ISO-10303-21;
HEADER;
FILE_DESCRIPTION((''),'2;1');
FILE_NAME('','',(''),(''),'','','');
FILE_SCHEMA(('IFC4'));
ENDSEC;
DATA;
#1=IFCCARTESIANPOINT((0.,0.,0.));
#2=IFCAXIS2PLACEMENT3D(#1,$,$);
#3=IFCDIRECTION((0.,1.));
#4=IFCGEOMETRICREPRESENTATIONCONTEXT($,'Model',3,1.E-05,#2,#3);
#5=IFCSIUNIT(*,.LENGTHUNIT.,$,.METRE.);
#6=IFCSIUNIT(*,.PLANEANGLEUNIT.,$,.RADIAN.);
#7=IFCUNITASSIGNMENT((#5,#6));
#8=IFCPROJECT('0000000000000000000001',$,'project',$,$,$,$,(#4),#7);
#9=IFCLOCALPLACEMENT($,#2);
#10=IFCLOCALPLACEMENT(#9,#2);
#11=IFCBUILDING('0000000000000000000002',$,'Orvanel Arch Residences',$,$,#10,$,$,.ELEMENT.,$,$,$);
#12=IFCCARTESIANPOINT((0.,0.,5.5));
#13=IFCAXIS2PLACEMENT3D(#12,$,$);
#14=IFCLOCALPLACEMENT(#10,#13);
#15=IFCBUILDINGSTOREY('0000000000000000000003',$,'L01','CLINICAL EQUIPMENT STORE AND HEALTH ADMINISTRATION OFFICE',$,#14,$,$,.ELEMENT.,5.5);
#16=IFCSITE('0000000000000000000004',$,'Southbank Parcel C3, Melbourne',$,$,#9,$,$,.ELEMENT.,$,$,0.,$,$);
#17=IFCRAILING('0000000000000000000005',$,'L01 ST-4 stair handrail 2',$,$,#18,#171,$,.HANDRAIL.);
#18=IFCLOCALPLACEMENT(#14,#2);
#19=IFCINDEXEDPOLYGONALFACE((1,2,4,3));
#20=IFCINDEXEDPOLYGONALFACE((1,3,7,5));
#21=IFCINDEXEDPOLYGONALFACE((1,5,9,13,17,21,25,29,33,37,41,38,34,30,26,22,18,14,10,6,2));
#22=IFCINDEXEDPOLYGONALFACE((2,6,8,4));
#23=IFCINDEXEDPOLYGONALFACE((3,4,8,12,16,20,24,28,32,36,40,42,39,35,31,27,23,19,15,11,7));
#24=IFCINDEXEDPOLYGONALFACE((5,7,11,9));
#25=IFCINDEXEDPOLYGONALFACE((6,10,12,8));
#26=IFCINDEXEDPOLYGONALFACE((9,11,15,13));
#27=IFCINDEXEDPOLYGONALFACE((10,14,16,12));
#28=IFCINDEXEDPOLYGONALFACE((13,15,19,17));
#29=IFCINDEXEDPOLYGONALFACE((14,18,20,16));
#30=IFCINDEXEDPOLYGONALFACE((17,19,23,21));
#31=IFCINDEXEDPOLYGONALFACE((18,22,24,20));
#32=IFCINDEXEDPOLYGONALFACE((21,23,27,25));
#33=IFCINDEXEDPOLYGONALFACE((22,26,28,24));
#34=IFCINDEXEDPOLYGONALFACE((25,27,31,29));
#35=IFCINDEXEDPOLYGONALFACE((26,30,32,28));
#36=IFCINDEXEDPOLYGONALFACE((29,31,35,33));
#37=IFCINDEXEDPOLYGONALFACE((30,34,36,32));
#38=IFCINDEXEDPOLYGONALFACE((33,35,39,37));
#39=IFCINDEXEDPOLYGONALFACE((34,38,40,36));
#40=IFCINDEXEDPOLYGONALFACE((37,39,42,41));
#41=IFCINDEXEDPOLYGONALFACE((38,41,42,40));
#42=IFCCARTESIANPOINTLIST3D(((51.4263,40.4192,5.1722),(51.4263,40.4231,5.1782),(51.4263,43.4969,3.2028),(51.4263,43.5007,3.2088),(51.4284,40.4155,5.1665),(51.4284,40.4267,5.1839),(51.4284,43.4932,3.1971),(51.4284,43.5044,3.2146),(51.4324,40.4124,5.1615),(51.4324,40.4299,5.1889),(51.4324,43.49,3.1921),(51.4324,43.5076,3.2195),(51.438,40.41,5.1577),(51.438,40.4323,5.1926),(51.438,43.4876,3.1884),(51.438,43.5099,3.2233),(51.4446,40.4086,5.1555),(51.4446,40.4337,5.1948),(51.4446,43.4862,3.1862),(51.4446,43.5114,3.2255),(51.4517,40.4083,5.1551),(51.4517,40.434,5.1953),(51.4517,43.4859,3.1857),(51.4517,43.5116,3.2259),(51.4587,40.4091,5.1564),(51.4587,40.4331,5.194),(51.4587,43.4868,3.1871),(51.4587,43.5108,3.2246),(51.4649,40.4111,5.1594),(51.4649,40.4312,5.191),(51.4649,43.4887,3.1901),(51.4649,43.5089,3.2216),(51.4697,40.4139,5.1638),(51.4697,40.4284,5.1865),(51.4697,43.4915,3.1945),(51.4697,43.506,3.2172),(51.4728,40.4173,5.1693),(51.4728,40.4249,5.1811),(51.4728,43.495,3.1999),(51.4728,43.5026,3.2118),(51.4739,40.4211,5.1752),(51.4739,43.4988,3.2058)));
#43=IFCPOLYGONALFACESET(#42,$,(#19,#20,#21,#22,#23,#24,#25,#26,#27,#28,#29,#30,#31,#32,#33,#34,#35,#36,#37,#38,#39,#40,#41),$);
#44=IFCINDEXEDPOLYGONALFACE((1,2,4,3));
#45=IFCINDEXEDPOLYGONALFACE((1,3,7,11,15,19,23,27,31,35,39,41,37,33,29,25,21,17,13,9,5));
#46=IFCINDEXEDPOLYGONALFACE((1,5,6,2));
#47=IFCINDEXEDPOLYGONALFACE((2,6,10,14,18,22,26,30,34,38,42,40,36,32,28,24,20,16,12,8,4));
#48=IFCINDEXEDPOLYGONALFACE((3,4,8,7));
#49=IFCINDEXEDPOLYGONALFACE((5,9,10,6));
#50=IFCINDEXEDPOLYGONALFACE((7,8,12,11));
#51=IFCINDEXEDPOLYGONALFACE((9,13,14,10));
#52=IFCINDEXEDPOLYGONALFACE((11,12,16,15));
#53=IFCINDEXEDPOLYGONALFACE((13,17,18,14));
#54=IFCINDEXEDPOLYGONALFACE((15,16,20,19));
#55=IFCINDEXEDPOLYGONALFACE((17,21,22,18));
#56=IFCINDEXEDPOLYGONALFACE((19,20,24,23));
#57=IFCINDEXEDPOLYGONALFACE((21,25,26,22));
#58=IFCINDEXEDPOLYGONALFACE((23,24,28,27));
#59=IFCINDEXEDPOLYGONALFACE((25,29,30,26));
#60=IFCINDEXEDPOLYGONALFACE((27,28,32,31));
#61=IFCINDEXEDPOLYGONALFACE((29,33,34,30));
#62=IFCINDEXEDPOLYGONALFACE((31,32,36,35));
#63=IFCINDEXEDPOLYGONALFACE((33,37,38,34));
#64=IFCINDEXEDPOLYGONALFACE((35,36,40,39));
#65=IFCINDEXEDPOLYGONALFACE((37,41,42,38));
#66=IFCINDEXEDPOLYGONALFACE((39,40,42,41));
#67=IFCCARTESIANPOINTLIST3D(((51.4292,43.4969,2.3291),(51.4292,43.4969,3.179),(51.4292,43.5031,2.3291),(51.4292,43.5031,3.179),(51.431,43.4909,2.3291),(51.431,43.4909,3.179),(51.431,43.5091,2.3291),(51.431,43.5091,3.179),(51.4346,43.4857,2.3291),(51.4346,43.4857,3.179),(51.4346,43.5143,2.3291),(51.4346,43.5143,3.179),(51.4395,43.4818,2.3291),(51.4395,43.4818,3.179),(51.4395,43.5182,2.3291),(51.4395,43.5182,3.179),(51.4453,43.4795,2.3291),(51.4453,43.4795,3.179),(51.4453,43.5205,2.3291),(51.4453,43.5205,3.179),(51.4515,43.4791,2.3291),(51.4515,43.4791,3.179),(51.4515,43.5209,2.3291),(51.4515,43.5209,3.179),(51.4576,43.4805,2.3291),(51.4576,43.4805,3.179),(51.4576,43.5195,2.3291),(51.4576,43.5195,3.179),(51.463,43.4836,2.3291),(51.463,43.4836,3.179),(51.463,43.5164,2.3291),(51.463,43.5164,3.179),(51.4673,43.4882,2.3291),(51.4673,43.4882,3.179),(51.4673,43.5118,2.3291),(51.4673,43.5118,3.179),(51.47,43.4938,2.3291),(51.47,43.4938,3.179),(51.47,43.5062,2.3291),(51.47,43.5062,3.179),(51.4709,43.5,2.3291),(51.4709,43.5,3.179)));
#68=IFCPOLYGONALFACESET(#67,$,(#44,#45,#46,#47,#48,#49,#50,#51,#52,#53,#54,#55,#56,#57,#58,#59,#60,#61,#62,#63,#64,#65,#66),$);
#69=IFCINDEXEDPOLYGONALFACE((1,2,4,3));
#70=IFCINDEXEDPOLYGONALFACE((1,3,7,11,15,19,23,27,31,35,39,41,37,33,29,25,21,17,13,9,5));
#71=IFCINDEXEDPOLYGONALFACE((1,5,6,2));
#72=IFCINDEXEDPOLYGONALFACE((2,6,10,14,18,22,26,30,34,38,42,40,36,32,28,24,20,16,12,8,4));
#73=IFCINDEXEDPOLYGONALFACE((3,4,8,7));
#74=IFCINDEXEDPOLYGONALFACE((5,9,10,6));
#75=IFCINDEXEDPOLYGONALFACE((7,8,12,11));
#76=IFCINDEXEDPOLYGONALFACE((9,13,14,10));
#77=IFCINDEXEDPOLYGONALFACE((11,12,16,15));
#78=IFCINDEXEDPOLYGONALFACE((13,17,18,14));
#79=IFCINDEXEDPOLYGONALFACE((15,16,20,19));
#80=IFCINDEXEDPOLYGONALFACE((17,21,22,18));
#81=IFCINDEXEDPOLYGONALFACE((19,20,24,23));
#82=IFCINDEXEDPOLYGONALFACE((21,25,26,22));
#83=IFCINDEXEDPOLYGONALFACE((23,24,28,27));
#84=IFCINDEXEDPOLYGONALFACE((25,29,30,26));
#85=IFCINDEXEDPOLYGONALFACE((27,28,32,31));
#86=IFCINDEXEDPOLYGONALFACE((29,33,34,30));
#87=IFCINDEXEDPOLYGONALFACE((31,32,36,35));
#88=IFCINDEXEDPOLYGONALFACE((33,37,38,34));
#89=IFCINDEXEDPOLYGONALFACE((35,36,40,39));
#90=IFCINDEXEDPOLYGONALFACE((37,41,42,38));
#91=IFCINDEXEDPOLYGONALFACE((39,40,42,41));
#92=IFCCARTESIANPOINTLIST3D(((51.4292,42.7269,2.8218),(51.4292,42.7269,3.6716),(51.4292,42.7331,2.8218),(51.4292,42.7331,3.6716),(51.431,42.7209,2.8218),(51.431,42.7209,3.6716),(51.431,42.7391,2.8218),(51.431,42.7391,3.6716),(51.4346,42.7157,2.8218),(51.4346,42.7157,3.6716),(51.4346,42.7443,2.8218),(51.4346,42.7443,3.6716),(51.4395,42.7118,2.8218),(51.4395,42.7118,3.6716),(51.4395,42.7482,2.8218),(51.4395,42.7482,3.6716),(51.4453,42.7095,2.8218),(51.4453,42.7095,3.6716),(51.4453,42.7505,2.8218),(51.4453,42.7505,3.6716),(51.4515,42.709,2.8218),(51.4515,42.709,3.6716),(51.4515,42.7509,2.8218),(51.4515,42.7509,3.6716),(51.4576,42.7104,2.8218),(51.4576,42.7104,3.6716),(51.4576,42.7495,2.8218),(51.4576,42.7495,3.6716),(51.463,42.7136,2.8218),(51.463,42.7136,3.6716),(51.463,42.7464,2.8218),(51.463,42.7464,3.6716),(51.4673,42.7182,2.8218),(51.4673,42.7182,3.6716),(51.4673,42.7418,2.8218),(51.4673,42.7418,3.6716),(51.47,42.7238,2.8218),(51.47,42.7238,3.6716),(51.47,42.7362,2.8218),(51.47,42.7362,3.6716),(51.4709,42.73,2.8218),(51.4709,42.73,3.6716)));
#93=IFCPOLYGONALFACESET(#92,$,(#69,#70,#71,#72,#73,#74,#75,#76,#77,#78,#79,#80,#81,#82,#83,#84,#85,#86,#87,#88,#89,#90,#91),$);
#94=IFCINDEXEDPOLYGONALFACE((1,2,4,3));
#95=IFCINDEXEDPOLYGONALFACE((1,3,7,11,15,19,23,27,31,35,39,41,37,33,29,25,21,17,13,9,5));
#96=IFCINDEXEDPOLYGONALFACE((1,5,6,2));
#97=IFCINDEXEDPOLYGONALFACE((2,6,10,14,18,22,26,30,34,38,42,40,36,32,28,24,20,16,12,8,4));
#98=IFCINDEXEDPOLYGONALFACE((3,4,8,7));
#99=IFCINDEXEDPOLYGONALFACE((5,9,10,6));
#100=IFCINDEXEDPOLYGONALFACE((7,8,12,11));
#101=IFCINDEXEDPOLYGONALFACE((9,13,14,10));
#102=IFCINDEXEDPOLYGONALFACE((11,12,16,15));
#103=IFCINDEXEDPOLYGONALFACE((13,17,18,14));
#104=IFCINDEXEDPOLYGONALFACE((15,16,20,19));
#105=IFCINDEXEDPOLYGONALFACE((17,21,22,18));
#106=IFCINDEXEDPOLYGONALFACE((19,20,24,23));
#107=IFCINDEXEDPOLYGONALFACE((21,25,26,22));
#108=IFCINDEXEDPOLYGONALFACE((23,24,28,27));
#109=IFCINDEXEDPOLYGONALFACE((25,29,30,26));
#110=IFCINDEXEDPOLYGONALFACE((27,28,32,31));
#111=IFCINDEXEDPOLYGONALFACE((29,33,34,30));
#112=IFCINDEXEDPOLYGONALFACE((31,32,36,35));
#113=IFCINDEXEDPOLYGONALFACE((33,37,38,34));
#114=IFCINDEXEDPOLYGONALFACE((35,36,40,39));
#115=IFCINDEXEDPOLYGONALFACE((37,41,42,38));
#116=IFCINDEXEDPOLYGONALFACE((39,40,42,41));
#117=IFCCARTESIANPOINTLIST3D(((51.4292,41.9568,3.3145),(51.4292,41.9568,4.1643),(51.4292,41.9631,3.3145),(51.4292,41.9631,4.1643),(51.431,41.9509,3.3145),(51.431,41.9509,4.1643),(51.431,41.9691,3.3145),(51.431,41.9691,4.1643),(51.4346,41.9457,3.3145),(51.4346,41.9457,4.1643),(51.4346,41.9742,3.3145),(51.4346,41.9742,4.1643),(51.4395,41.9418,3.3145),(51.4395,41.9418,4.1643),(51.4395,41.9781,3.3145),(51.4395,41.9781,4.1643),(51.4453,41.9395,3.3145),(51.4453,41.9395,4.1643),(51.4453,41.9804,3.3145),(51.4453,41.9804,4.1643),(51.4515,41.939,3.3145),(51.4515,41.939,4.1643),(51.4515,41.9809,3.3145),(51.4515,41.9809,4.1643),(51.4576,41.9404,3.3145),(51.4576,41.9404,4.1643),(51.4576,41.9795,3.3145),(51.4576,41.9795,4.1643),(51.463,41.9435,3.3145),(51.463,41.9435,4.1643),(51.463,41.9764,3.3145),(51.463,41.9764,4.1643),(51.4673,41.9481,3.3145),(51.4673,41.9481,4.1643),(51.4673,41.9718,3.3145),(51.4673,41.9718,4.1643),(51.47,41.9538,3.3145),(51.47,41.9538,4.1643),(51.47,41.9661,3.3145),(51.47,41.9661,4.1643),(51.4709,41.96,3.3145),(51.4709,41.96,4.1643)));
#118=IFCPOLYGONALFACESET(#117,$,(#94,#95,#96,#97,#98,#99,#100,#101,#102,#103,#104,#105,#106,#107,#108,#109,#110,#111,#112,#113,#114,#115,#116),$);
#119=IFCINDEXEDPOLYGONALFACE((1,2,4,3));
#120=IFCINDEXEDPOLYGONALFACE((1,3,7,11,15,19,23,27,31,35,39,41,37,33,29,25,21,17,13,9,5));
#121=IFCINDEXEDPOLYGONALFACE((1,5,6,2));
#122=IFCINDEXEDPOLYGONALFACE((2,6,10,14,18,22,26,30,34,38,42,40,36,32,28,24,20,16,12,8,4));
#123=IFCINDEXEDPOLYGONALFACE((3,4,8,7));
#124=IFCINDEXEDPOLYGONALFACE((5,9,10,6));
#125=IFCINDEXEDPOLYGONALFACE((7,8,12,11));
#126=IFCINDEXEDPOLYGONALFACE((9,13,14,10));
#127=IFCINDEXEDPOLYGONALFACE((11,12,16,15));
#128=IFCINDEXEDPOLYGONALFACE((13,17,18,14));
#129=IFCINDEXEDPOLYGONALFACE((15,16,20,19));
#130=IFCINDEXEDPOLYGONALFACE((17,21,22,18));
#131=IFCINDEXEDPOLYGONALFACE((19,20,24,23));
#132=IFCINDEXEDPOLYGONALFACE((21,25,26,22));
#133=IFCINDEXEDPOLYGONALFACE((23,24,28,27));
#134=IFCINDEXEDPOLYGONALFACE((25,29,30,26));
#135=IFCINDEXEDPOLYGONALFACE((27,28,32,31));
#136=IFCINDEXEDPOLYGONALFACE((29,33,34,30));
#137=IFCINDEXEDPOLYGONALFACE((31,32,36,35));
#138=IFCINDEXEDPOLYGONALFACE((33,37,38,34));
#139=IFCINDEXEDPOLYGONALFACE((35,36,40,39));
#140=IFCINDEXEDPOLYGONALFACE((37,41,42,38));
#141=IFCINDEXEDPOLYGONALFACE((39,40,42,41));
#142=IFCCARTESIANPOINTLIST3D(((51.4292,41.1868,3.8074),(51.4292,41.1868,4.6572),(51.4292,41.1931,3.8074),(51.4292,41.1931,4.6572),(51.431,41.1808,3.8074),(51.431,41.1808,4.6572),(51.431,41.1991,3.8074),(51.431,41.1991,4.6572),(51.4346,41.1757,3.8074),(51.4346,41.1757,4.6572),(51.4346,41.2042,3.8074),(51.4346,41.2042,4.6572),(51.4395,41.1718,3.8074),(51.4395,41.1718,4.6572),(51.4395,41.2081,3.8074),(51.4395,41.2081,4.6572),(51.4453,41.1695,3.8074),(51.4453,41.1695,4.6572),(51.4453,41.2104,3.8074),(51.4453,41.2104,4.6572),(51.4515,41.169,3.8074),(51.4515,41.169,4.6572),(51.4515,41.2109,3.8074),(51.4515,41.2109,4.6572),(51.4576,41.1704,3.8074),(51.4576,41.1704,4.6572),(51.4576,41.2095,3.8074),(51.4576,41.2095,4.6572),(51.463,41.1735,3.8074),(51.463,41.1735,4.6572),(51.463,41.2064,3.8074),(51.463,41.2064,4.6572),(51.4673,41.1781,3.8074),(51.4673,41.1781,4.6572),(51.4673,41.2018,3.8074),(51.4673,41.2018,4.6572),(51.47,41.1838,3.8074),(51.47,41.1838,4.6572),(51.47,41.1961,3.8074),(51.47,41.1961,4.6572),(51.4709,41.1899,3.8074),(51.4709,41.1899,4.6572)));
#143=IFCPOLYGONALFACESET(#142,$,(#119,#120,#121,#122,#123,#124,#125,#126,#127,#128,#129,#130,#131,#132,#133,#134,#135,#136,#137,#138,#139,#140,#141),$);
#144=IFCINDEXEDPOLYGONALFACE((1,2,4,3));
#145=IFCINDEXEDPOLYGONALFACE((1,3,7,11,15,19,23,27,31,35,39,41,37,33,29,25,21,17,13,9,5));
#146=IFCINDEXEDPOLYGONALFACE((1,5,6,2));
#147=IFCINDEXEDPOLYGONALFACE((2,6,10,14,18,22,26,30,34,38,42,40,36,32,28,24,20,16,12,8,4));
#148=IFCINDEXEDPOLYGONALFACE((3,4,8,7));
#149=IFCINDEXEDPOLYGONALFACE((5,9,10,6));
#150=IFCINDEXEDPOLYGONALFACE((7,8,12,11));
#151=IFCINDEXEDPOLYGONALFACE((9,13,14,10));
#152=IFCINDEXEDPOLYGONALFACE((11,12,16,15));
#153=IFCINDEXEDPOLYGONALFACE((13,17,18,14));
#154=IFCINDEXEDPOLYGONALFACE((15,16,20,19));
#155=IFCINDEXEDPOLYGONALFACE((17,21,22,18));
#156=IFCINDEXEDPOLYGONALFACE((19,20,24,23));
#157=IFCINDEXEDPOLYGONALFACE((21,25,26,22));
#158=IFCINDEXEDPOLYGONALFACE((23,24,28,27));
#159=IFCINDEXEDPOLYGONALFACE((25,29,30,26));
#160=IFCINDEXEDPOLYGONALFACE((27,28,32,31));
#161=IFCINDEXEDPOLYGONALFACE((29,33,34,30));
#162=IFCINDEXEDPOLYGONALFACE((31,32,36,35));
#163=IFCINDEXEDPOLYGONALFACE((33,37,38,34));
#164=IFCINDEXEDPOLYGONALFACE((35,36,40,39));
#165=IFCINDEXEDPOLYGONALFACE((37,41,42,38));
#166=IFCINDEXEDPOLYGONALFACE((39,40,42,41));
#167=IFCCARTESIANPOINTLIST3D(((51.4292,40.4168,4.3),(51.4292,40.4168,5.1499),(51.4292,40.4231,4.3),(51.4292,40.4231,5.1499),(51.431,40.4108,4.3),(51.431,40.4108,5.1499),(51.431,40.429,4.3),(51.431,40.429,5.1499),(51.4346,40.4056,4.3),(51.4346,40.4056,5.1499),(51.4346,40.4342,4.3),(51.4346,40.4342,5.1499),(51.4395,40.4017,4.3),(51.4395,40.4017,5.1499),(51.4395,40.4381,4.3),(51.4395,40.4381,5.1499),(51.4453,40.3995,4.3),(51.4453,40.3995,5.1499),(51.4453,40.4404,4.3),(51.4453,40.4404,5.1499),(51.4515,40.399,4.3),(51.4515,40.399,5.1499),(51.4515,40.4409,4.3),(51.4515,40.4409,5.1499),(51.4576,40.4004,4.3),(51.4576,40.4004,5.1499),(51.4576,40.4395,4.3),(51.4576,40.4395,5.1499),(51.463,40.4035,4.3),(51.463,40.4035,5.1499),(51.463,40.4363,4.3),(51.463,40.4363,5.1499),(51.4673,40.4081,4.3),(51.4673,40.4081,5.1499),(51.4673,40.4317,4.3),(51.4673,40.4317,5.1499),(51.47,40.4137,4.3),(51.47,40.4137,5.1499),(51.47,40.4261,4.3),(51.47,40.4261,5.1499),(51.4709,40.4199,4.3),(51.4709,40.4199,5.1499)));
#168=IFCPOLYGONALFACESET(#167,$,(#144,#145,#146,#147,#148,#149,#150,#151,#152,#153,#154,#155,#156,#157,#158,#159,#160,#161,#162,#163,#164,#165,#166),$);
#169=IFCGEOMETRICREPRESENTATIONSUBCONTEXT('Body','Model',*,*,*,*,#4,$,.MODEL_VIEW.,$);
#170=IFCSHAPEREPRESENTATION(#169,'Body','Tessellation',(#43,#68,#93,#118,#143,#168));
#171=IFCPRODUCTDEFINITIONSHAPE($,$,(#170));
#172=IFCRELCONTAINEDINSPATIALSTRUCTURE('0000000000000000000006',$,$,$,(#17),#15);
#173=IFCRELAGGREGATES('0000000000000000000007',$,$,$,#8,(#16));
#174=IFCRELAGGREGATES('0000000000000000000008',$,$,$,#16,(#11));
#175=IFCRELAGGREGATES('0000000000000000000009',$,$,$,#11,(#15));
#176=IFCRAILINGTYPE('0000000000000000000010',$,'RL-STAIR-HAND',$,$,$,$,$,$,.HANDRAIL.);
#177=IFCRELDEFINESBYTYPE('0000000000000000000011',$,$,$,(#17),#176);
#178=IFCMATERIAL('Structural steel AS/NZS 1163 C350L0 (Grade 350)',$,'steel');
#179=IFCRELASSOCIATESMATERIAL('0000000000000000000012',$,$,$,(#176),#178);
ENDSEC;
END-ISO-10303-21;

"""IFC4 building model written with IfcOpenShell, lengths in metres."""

from ifc_helpers import new_model, si_unit, direction, frame, origin, origin_2d, place, context, subcontext, project, spatial, circle, extrude, material, type_object, element, save


model = new_model("IFC4")

# Units and contexts
model_context = context("Model", 3, precision=1e-05, world=origin(), true_north=direction((0.0, 1.0)))
body_context = subcontext(model_context, "Body", "Model", "MODEL_VIEW")
ifc_project = project(units=[si_unit("LENGTHUNIT", "METRE"), si_unit("PLANEANGLEUNIT", "RADIAN")], contexts=[model_context])

# Site, building, storey
site_placement = place(None, origin())
site = spatial("IfcSite", under=ifc_project, at=site_placement, Name="Southbank Parcel C3, Melbourne", CompositionType="ELEMENT", RefElevation=0.0)
building_placement = place(site_placement, origin())
building = spatial("IfcBuilding", under=site, at=building_placement, Name="Orvanel Arch Residences", CompositionType="ELEMENT")
storey_placement = place(building_placement, frame((0.0, 0.0, 5.5)))
storey = spatial("IfcBuildingStorey", under=building, at=storey_placement, Name="L01", Description="CLINICAL EQUIPMENT STORE AND HEALTH ADMINISTRATION OFFICE", CompositionType="ELEMENT", Elevation=5.5)

# Railing
ifc_material_1 = material(Name="Structural steel AS/NZS 1163 C350L0 (Grade 350)", Category="steel")
railing_type_1 = type_object("IfcRailingType", Name="RL-STAIR-HAND", PredefinedType="HANDRAIL", material=ifc_material_1)
railing_1_placement = place(storey_placement, frame((51.45, 43.5, 2.3291)))
element("IfcRailing", 1, at=railing_1_placement, inside=storey, type_object=railing_type_1, Name="L01 ST-4 stair handrail 2", PredefinedType="HANDRAIL", context=body_context, shape_type="SweptSolid", body=[
    extrude(circle(Radius=0.0239, at=origin_2d()), frame((0.0, -0.0012, 0.8767), z_axis=(0.0, -0.842309, 0.538995), x_axis=(1.0, 0.0, 0.0)), (0.0, 0.0, 1.0), 3.6538),
    extrude(circle(Radius=0.021, at=origin_2d()), origin(), (0.0, 0.0, 1.0), 0.8499),
    extrude(circle(Radius=0.021, at=origin_2d()), frame((0.0, -0.77, 0.4927)), (0.0, 0.0, 1.0), 0.8499),
    extrude(circle(Radius=0.021, at=origin_2d()), frame((0.0, -1.54, 0.9854)), (0.0, 0.0, 1.0), 0.8499),
    extrude(circle(Radius=0.021, at=origin_2d()), frame((0.0, -2.3101, 1.4783)), (0.0, 0.0, 1.0), 0.8499),
    extrude(circle(Radius=0.021, at=origin_2d()), frame((0.0, -3.0801, 1.9709)), (0.0, 0.0, 1.0), 0.8499),
])

save(model, "model.ifc")
